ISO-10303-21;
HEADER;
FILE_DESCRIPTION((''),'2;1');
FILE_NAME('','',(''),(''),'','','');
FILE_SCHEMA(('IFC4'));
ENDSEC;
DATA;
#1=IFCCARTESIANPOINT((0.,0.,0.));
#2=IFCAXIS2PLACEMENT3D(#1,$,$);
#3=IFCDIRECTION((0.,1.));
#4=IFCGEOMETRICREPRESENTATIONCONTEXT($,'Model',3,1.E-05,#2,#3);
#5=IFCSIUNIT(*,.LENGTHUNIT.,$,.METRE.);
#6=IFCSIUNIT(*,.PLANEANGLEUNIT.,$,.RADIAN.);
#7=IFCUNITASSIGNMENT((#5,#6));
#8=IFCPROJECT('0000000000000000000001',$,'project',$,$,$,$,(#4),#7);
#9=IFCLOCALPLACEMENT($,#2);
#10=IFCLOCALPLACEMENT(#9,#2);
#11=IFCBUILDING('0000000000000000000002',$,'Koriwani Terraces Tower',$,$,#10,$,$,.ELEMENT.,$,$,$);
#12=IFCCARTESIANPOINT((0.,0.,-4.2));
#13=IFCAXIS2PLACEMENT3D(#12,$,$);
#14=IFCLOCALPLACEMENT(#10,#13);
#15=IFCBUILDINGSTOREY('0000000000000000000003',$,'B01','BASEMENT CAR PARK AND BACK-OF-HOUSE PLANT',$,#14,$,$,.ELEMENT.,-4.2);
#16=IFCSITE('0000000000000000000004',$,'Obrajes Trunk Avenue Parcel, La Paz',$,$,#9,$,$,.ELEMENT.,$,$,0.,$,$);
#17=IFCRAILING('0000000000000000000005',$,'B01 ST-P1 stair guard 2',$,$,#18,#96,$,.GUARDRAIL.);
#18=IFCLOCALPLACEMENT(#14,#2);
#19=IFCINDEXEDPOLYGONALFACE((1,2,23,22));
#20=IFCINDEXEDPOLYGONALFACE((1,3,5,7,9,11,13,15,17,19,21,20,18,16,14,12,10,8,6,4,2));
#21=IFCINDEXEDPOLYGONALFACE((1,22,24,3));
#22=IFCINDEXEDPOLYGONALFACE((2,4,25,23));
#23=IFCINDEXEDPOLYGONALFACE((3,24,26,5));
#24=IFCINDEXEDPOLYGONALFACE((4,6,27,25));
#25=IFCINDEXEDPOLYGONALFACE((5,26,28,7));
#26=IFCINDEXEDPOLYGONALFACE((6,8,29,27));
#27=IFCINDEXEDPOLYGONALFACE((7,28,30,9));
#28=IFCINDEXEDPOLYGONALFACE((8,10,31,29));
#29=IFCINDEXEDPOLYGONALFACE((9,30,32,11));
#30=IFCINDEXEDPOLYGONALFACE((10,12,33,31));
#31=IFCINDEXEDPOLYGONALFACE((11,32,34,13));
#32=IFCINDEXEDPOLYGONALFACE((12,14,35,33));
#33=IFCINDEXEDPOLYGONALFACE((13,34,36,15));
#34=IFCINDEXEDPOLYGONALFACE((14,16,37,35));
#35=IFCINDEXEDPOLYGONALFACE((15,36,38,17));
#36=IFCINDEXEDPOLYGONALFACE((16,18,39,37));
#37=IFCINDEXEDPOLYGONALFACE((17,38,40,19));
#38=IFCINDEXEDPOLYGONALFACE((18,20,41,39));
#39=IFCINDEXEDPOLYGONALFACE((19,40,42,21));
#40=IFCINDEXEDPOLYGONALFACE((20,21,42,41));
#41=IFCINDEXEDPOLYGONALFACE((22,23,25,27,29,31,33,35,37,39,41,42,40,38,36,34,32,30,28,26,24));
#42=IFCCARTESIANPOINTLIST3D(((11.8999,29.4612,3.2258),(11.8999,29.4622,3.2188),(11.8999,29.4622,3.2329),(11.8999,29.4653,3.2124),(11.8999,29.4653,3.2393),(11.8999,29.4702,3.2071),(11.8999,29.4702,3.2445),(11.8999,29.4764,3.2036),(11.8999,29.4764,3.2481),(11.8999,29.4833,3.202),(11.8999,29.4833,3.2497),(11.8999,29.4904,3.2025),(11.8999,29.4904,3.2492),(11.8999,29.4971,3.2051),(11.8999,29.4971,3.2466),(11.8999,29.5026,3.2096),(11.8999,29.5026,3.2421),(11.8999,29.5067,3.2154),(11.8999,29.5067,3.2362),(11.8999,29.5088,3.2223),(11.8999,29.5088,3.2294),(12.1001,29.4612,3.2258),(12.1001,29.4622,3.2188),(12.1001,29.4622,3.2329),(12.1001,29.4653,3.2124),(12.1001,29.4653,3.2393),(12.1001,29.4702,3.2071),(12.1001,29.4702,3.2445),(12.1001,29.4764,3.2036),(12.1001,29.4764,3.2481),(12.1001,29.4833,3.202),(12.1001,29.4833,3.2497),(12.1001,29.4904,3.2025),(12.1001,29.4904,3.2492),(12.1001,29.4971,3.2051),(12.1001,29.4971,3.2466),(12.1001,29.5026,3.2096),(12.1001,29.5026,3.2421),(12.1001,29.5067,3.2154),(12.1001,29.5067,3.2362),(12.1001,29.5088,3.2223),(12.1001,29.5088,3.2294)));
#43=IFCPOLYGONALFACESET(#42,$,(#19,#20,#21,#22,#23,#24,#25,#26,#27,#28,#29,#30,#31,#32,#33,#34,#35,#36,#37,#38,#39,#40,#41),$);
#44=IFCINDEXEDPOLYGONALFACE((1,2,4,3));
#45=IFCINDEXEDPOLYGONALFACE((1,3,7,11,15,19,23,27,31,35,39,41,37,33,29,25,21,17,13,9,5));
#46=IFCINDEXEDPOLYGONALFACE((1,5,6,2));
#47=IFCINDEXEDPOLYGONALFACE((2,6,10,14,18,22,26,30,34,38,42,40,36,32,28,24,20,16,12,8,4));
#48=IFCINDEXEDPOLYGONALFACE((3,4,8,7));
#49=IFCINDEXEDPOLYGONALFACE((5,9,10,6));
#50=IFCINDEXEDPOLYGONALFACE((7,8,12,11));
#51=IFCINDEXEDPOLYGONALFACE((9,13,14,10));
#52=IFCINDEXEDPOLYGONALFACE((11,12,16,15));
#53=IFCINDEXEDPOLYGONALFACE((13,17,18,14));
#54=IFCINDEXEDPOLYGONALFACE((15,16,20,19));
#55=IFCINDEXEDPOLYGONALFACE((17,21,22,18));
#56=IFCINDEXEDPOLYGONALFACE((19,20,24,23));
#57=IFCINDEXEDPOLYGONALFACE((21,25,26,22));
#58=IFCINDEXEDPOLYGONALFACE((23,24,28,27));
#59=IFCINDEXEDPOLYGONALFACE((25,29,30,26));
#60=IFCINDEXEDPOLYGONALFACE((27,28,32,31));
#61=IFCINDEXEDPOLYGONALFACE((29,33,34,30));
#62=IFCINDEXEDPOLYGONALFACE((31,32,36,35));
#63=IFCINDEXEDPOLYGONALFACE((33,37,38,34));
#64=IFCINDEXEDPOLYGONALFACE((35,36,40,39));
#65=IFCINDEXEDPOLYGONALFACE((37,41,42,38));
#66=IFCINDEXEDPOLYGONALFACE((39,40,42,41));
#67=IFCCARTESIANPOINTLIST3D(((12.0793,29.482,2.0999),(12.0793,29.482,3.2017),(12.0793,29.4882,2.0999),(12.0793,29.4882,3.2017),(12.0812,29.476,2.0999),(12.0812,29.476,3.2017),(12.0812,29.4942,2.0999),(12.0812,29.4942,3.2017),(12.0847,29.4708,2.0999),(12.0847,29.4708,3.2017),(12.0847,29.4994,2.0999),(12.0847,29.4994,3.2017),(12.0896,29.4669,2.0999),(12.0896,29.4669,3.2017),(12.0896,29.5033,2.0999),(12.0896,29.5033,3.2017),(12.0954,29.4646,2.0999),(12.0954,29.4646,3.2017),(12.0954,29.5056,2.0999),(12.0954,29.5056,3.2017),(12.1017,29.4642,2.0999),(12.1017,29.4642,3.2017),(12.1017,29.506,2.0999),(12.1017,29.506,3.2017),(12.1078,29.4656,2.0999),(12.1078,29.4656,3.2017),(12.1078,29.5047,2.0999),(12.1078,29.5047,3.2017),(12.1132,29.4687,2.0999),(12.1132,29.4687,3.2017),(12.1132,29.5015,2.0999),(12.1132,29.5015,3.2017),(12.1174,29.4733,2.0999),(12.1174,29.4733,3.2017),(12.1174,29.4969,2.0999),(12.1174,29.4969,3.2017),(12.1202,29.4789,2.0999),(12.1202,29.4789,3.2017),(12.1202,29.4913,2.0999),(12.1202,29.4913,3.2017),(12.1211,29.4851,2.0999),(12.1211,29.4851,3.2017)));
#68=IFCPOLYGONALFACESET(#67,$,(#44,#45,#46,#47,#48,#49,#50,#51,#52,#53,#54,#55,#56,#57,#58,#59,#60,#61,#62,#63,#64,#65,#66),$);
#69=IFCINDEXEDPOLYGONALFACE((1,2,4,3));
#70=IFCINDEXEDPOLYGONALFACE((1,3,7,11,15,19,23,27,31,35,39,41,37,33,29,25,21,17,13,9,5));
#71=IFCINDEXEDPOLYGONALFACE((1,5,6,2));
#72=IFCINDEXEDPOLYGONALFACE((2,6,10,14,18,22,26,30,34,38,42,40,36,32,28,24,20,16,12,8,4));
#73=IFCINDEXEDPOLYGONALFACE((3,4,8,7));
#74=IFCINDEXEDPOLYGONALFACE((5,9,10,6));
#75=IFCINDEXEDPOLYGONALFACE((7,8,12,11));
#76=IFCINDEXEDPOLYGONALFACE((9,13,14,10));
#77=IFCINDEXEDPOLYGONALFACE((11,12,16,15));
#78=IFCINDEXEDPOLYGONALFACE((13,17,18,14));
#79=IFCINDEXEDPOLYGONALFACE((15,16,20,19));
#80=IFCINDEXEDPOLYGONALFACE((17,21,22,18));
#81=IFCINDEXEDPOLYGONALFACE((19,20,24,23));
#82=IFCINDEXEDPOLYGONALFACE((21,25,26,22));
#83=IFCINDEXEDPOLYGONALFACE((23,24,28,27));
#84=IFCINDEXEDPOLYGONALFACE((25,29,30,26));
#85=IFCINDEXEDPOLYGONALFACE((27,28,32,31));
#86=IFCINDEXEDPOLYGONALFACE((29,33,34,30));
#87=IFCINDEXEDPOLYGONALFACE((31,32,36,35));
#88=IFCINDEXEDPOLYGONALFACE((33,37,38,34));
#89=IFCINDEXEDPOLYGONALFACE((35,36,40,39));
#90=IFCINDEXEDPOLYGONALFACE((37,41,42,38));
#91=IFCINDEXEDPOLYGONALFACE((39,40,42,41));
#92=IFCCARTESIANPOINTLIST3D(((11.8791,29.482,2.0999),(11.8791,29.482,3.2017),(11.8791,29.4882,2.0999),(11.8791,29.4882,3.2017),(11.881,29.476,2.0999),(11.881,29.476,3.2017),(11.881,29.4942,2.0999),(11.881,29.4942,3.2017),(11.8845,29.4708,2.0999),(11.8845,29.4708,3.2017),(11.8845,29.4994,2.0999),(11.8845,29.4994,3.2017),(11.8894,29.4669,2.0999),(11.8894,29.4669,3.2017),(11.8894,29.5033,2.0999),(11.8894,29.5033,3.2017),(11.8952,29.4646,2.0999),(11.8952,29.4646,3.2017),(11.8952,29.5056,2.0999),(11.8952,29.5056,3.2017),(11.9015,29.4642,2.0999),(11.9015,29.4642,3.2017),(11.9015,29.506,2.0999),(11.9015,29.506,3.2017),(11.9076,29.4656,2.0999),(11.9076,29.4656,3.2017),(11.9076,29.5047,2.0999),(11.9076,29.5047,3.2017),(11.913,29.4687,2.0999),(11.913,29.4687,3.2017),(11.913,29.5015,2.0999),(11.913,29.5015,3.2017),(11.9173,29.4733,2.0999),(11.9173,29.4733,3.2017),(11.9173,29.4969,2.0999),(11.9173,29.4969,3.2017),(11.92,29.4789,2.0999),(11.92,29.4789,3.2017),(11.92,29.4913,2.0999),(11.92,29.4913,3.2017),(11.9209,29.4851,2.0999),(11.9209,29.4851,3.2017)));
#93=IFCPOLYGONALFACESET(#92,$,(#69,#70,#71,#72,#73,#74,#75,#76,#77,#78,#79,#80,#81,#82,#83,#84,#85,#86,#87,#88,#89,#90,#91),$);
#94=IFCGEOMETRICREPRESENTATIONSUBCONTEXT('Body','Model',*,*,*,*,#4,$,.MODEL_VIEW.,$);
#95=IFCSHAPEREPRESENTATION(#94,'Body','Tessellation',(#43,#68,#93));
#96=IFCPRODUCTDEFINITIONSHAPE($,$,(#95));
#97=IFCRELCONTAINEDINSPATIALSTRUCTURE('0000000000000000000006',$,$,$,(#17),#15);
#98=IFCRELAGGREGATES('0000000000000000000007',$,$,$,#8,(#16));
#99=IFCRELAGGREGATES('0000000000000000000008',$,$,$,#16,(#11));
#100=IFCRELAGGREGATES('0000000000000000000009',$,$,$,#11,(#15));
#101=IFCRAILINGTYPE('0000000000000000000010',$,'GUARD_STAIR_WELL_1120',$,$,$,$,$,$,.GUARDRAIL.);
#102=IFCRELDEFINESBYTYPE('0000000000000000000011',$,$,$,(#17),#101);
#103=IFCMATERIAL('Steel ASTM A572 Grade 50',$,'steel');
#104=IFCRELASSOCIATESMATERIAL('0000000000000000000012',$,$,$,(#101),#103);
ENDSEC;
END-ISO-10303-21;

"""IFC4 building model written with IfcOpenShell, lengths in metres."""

from ifc_helpers import new_model, si_unit, direction, frame, origin, origin_2d, place, context, subcontext, project, spatial, circle, extrude, material, type_object, element, save


model = new_model("IFC4")

# Units and contexts
model_context = context("Model", 3, precision=1e-05, world=origin(), true_north=direction((0.0, 1.0)))
body_context = subcontext(model_context, "Body", "Model", "MODEL_VIEW")
ifc_project = project(units=[si_unit("LENGTHUNIT", "METRE"), si_unit("PLANEANGLEUNIT", "RADIAN")], contexts=[model_context])

# Site, building, storey
site_placement = place(None, origin())
site = spatial("IfcSite", under=ifc_project, at=site_placement, Name="Obrajes Trunk Avenue Parcel, La Paz", CompositionType="ELEMENT", RefElevation=0.0)
building_placement = place(site_placement, origin())
building = spatial("IfcBuilding", under=site, at=building_placement, Name="Koriwani Terraces Tower", CompositionType="ELEMENT")
storey_placement = place(building_placement, frame((0.0, 0.0, -4.2)))
storey = spatial("IfcBuildingStorey", under=building, at=storey_placement, Name="B01", Description="BASEMENT CAR PARK AND BACK-OF-HOUSE PLANT", CompositionType="ELEMENT", Elevation=-4.2)

# Shared definitions
ifc_material_1 = material(Name="Steel ASTM A572 Grade 50", Category="steel")

# Railing
railing_type_1 = type_object("IfcRailingType", Name="GUARD_STAIR_WELL_1120", PredefinedType="GUARDRAIL", material=ifc_material_1)
railing_1_placement = place(storey_placement, frame((12.1001, 29.4851, 2.0999)))
element("IfcRailing", 1, at=railing_1_placement, inside=storey, type_object=railing_type_1, Name="B01 ST-P1 stair guard 2", PredefinedType="GUARDRAIL", context=body_context, shape_type="SweptSolid", body=[
    extrude(circle(Radius=0.0239, at=origin_2d()), frame((0.0, 0.0, 1.126), z_axis=(-1.0, 0.0, 0.0), x_axis=(0.0, -1.0, 0.0)), (0.0, 0.0, 1.0), 0.2002),
    extrude(circle(Radius=0.021, at=origin_2d()), origin(), (0.0, 0.0, 1.0), 1.1018),
    extrude(circle(Radius=0.021, at=origin_2d()), frame((-0.2002, 0.0, 0.0)), (0.0, 0.0, 1.0), 1.1018),
])

save(model, "model.ifc")
